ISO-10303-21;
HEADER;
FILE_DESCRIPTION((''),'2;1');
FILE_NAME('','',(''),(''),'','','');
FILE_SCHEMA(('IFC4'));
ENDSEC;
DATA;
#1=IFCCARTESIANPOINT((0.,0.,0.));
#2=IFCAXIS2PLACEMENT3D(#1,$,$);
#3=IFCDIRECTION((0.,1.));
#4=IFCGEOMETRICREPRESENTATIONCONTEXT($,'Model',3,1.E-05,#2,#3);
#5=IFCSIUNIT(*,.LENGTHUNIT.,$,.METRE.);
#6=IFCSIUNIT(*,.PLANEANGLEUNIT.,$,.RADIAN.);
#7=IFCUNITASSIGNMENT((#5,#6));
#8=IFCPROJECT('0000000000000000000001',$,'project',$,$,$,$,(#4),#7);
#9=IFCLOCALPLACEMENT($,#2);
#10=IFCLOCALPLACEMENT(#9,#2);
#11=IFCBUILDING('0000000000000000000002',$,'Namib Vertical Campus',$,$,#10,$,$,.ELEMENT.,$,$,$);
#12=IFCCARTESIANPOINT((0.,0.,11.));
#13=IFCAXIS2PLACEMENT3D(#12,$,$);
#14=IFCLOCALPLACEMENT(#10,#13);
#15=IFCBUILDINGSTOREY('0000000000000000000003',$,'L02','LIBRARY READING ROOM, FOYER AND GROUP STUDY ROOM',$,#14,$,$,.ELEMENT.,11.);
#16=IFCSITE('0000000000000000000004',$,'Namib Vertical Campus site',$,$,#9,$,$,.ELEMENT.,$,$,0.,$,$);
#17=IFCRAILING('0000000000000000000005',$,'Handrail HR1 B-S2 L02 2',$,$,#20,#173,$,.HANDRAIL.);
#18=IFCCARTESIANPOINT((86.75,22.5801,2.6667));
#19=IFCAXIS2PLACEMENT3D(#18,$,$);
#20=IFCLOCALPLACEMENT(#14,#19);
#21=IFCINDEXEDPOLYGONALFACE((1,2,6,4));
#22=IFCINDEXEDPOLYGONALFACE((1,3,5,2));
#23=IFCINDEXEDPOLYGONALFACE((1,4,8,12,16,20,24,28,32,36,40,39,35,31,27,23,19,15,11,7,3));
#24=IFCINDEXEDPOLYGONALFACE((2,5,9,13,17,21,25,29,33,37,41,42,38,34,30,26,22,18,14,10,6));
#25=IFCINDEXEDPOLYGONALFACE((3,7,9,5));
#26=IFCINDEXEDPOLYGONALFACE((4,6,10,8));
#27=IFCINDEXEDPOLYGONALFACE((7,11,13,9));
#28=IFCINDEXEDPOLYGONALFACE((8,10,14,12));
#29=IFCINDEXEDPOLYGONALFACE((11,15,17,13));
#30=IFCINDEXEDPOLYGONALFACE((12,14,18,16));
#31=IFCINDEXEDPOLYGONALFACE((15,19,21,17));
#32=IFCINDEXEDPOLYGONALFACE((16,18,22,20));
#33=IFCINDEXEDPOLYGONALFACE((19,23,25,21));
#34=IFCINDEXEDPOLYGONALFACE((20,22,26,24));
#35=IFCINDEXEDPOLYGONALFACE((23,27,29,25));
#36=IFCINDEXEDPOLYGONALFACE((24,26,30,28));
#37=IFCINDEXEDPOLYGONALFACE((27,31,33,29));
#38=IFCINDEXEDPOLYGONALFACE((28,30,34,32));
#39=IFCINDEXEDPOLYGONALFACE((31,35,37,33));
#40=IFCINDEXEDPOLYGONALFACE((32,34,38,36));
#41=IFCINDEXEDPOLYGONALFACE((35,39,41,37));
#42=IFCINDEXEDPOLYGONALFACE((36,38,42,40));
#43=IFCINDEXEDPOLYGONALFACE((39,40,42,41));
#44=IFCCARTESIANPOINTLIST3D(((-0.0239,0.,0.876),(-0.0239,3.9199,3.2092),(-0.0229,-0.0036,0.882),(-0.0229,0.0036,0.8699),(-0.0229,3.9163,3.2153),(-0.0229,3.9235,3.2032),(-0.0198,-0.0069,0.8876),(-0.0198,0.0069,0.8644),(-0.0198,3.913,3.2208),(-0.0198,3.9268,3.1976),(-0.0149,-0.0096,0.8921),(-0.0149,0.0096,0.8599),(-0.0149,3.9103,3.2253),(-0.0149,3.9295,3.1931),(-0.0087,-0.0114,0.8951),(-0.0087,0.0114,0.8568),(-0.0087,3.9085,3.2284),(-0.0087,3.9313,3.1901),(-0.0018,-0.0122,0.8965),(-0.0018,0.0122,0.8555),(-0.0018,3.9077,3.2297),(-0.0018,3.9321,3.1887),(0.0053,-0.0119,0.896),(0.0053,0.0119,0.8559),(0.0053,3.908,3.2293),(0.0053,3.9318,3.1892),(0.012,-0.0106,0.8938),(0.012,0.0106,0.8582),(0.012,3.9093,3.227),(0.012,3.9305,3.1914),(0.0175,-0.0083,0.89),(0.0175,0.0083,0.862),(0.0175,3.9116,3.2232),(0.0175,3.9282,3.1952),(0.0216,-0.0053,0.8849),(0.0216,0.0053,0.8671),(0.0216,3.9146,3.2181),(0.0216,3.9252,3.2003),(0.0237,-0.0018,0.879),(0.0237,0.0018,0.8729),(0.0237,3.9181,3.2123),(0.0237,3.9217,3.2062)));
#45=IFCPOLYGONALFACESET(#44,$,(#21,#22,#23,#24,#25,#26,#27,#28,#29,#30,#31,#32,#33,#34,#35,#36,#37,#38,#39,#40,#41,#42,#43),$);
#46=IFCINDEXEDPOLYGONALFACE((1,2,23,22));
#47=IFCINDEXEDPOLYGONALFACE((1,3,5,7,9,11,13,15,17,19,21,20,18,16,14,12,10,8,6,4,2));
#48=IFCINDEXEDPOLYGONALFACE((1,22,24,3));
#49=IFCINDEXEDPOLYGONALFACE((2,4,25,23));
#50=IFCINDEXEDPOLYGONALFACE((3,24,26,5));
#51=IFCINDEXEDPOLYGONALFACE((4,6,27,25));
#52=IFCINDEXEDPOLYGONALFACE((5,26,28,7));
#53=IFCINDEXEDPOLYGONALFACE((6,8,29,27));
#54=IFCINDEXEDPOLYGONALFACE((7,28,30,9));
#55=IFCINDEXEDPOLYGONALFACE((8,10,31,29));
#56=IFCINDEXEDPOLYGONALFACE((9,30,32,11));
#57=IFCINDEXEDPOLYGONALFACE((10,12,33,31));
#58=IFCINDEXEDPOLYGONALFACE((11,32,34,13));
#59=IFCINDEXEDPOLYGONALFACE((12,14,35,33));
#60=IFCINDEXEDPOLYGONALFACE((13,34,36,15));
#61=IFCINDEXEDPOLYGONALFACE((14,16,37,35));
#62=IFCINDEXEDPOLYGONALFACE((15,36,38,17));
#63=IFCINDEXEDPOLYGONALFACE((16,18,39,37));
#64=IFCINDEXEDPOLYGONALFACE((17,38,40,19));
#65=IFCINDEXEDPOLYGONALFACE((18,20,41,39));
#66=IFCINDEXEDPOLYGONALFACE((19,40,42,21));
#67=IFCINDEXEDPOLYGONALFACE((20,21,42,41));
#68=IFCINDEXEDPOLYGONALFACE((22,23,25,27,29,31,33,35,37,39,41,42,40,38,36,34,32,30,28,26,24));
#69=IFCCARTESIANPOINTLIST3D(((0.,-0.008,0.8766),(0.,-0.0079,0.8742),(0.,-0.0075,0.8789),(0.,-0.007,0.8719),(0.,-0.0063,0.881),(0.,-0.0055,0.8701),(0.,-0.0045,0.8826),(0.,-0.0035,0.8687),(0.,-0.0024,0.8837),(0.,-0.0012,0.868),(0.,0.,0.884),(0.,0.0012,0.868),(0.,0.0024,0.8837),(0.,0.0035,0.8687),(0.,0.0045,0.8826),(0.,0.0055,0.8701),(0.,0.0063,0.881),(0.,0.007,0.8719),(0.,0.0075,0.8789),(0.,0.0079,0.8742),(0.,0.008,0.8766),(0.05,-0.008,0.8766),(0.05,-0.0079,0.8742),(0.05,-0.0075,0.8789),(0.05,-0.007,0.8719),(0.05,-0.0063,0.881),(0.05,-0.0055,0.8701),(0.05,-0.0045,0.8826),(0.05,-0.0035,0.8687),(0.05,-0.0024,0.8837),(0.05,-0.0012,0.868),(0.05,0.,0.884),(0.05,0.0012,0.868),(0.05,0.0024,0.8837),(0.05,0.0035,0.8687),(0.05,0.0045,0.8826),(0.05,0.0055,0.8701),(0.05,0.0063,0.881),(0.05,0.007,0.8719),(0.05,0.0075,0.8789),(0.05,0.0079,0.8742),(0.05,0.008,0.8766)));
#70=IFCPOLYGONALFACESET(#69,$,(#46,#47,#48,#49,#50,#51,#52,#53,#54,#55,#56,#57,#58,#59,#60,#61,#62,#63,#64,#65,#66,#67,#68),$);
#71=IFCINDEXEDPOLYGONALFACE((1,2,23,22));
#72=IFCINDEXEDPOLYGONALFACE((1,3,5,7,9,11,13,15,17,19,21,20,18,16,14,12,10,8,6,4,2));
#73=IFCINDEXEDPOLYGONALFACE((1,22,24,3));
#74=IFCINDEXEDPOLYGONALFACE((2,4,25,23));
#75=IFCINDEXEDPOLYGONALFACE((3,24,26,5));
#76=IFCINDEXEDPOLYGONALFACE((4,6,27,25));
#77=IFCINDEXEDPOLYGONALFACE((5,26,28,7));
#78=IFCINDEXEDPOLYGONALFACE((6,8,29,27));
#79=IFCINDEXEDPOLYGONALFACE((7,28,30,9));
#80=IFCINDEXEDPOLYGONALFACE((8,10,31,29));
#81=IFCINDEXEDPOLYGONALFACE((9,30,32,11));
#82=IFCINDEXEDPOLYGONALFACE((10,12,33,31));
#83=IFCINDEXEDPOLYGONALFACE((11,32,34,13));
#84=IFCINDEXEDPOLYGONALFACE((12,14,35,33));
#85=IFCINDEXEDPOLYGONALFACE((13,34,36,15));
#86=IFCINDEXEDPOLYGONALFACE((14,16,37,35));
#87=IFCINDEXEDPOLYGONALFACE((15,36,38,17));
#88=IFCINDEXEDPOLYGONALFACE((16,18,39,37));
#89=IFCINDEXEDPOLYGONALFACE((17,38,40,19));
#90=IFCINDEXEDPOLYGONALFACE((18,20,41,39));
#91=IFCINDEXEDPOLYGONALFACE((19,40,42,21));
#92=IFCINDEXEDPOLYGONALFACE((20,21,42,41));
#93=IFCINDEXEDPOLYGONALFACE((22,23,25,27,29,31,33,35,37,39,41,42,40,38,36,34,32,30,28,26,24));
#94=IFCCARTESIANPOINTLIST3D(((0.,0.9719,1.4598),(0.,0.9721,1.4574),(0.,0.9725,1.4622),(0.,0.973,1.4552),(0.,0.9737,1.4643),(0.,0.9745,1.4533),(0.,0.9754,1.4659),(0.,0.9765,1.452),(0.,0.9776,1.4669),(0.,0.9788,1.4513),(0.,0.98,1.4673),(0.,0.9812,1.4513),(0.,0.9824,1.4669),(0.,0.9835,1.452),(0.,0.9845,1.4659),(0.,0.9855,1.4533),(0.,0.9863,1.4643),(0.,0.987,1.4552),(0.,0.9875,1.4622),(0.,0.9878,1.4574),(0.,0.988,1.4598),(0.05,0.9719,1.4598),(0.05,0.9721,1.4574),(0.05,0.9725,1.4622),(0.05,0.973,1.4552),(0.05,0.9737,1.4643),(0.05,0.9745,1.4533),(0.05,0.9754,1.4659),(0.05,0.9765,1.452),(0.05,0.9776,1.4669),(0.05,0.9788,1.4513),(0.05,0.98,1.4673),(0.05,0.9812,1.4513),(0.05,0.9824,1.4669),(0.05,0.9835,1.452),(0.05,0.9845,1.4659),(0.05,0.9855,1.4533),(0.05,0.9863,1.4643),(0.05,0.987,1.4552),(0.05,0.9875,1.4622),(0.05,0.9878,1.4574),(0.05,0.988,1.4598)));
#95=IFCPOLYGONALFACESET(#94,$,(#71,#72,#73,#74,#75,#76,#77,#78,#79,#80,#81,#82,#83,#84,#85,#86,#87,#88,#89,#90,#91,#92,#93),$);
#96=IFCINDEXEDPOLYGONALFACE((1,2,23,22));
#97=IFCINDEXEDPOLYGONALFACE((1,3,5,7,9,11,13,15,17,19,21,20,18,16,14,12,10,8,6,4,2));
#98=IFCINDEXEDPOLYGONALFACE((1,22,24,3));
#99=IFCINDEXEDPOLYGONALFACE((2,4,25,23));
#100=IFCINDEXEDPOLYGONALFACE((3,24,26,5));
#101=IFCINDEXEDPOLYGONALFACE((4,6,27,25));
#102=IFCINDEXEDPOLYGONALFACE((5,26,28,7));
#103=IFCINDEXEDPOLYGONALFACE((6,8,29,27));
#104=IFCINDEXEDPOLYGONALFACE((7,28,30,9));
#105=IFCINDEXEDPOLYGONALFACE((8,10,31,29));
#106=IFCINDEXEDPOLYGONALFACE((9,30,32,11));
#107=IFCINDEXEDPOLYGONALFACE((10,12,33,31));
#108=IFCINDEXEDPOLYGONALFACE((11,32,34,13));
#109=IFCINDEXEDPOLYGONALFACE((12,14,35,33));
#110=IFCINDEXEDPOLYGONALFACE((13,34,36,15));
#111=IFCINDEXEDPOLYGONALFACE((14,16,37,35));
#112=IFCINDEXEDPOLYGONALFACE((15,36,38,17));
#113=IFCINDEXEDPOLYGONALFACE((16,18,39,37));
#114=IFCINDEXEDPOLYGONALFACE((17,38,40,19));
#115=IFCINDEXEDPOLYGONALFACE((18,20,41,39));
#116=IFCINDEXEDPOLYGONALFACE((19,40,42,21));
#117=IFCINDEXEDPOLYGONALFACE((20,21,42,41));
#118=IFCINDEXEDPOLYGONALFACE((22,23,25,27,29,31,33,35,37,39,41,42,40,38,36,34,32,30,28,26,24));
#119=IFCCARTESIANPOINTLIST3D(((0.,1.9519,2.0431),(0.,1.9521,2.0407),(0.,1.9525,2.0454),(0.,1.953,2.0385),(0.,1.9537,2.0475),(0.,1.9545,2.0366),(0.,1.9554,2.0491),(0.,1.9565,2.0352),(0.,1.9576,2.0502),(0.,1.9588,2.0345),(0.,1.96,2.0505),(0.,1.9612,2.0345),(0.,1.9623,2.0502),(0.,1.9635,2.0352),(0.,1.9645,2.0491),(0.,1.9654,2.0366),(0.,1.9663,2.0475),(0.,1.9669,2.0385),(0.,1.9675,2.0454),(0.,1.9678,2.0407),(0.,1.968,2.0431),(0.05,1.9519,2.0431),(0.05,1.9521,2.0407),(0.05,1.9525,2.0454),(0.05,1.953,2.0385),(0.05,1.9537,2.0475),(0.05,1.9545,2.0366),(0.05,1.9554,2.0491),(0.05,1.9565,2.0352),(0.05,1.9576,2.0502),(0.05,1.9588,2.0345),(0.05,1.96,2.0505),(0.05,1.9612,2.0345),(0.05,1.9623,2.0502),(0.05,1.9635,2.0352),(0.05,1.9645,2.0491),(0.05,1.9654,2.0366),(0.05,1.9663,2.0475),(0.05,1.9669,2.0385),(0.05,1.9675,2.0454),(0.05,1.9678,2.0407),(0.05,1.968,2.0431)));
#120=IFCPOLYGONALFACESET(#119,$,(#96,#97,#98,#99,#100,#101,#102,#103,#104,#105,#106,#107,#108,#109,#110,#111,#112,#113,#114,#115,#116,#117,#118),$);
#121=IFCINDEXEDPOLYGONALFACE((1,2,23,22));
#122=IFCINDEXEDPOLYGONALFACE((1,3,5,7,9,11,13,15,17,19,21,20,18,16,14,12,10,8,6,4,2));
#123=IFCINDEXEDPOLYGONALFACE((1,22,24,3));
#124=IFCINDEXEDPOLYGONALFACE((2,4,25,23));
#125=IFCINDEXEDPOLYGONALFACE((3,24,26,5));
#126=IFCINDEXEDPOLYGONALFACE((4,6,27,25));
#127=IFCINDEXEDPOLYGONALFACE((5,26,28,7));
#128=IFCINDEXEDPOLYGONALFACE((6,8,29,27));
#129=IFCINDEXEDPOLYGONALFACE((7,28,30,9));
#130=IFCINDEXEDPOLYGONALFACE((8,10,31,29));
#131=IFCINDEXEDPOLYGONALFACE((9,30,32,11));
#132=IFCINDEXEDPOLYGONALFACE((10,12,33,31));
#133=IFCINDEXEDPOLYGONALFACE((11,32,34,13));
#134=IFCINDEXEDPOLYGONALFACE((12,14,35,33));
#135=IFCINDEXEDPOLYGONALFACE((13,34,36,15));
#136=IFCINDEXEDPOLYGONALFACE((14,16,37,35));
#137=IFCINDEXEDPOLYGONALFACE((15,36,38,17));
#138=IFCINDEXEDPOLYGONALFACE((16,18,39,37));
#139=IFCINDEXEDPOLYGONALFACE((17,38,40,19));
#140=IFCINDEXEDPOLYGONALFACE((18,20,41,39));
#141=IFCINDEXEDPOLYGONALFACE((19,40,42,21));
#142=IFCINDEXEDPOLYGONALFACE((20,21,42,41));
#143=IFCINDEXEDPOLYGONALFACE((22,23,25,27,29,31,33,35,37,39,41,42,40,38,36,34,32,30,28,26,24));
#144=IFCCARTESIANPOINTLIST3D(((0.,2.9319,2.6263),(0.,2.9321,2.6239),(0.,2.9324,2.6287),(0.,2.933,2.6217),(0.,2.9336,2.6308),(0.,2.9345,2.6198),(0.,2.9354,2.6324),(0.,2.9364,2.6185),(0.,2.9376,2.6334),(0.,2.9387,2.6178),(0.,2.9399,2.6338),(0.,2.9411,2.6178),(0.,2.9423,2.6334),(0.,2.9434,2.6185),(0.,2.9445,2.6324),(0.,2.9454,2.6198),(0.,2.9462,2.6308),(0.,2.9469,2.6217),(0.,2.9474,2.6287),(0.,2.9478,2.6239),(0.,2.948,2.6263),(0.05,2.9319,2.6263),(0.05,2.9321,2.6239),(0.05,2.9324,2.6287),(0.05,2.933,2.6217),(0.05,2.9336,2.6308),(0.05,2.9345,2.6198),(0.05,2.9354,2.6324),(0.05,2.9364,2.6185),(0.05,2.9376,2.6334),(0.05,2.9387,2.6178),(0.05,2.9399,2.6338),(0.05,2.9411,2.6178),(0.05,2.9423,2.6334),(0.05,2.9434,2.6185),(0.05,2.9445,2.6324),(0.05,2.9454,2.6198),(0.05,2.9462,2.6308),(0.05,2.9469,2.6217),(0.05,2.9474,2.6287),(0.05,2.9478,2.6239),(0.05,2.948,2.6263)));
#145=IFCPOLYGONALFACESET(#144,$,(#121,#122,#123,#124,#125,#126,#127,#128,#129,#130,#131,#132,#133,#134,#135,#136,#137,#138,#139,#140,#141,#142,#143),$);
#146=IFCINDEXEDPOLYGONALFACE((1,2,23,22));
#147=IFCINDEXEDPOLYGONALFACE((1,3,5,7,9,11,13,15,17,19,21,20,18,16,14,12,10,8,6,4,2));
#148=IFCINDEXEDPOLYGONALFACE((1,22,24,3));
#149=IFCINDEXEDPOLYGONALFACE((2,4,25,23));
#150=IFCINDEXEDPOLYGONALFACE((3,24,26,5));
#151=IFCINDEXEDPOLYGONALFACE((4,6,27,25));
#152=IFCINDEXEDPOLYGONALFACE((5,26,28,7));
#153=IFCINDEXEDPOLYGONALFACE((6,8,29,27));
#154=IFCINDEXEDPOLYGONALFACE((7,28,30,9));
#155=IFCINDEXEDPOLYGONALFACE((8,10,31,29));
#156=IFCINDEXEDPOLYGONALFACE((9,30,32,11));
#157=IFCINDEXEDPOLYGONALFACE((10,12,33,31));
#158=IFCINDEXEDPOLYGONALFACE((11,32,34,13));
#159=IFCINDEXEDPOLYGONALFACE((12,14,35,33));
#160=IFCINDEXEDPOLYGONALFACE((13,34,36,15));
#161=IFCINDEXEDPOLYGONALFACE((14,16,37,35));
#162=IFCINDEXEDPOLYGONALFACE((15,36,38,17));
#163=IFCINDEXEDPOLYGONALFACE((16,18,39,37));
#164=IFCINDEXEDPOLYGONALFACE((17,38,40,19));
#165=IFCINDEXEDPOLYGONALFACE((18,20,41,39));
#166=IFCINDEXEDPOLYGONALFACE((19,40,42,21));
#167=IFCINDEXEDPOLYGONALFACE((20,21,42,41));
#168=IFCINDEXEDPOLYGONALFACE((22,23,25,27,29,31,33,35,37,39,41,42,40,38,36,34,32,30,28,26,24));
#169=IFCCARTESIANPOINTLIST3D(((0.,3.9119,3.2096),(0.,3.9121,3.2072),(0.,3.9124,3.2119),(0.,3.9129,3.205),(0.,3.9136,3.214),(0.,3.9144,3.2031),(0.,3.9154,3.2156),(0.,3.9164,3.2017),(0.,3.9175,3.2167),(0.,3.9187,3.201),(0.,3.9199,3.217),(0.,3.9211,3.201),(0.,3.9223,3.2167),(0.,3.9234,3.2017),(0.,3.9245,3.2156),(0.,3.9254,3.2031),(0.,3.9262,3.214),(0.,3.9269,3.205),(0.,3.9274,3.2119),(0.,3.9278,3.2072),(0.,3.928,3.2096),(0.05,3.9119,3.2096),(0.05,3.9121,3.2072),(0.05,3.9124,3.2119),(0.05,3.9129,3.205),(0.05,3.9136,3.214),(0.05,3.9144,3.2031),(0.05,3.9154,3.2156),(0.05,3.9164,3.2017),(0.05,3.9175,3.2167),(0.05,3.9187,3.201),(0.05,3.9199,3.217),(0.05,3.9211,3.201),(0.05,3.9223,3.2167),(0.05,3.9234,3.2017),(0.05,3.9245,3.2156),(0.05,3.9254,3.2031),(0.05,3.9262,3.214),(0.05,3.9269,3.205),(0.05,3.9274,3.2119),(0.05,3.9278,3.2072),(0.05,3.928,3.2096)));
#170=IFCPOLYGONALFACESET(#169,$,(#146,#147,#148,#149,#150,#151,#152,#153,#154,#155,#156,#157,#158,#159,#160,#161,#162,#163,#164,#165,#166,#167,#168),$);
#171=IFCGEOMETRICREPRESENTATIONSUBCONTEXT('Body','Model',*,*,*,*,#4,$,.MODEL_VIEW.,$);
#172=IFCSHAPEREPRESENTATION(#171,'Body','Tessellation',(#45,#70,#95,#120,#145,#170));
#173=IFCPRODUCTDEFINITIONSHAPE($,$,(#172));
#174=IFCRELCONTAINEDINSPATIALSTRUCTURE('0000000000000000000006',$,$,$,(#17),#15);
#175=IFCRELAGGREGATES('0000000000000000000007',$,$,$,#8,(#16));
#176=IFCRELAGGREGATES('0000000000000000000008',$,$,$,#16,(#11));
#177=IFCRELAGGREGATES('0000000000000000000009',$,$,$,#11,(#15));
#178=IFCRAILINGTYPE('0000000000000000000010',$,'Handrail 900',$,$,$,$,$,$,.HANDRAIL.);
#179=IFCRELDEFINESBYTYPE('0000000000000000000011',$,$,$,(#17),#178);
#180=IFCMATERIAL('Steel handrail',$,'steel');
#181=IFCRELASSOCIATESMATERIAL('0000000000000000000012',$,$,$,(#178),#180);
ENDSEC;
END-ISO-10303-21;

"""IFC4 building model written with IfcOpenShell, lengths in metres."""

from ifc_helpers import new_model, si_unit, direction, frame, origin, origin_2d, place, context, subcontext, project, spatial, circle, extrude, material, type_object, element, save


model = new_model("IFC4")

# Units and contexts
model_context = context("Model", 3, precision=1e-05, world=origin(), true_north=direction((0.0, 1.0)))
body_context = subcontext(model_context, "Body", "Model", "MODEL_VIEW")
ifc_project = project(units=[si_unit("LENGTHUNIT", "METRE"), si_unit("PLANEANGLEUNIT", "RADIAN")], contexts=[model_context])

# Site, building, storey
site_placement = place(None, origin())
site = spatial("IfcSite", under=ifc_project, at=site_placement, Name="Namib Vertical Campus site", CompositionType="ELEMENT", RefElevation=0.0)
building_placement = place(site_placement, origin())
building = spatial("IfcBuilding", under=site, at=building_placement, Name="Namib Vertical Campus", CompositionType="ELEMENT")
storey_placement = place(building_placement, frame((0.0, 0.0, 11.0)))
storey = spatial("IfcBuildingStorey", under=building, at=storey_placement, Name="L02", Description="LIBRARY READING ROOM, FOYER AND GROUP STUDY ROOM", CompositionType="ELEMENT", Elevation=11.0)

# Railing
ifc_material_1 = material(Name="Steel handrail", Category="steel")
railing_type = type_object("IfcRailingType", Name="Handrail 900", PredefinedType="HANDRAIL", material=ifc_material_1)
railing_placement = place(storey_placement, frame((86.75, 22.5801, 2.6667)))
element("IfcRailing", 1, at=railing_placement, inside=storey, type_object=railing_type, Name="Handrail HR1 B-S2 L02 2", PredefinedType="HANDRAIL", context=body_context, shape_type="SweptSolid", body=[
    extrude(circle(Radius=0.0239, at=origin_2d()), frame((0.0, 0.0, 0.876), z_axis=(0.0, 0.859296, 0.511478), x_axis=(-1.0, 0.0, 0.0)), (0.0, 0.0, 1.0), 4.5618),
    extrude(circle(Radius=0.0081, at=origin_2d()), frame((0.0, 0.0, 0.876), z_axis=(1.0, 0.0, 0.0), x_axis=(0.0, 0.0, 1.0)), (0.0, 0.0, 1.0), 0.05),
    extrude(circle(Radius=0.0081, at=origin_2d()), frame((0.0, 0.98, 1.4592), z_axis=(1.0, 0.0, 0.0), x_axis=(0.0, 0.0, 1.0)), (0.0, 0.0, 1.0), 0.05),
    extrude(circle(Radius=0.0081, at=origin_2d()), frame((0.0, 1.96, 2.0425), z_axis=(1.0, 0.0, 0.0), x_axis=(0.0, 0.0, 1.0)), (0.0, 0.0, 1.0), 0.05),
    extrude(circle(Radius=0.0081, at=origin_2d()), frame((0.0, 2.9399, 2.6257), z_axis=(1.0, 0.0, 0.0), x_axis=(0.0, 0.0, 1.0)), (0.0, 0.0, 1.0), 0.05),
    extrude(circle(Radius=0.0081, at=origin_2d()), frame((0.0, 3.9199, 3.209), z_axis=(1.0, 0.0, 0.0), x_axis=(0.0, 0.0, 1.0)), (0.0, 0.0, 1.0), 0.05),
])

save(model, "model.ifc")
